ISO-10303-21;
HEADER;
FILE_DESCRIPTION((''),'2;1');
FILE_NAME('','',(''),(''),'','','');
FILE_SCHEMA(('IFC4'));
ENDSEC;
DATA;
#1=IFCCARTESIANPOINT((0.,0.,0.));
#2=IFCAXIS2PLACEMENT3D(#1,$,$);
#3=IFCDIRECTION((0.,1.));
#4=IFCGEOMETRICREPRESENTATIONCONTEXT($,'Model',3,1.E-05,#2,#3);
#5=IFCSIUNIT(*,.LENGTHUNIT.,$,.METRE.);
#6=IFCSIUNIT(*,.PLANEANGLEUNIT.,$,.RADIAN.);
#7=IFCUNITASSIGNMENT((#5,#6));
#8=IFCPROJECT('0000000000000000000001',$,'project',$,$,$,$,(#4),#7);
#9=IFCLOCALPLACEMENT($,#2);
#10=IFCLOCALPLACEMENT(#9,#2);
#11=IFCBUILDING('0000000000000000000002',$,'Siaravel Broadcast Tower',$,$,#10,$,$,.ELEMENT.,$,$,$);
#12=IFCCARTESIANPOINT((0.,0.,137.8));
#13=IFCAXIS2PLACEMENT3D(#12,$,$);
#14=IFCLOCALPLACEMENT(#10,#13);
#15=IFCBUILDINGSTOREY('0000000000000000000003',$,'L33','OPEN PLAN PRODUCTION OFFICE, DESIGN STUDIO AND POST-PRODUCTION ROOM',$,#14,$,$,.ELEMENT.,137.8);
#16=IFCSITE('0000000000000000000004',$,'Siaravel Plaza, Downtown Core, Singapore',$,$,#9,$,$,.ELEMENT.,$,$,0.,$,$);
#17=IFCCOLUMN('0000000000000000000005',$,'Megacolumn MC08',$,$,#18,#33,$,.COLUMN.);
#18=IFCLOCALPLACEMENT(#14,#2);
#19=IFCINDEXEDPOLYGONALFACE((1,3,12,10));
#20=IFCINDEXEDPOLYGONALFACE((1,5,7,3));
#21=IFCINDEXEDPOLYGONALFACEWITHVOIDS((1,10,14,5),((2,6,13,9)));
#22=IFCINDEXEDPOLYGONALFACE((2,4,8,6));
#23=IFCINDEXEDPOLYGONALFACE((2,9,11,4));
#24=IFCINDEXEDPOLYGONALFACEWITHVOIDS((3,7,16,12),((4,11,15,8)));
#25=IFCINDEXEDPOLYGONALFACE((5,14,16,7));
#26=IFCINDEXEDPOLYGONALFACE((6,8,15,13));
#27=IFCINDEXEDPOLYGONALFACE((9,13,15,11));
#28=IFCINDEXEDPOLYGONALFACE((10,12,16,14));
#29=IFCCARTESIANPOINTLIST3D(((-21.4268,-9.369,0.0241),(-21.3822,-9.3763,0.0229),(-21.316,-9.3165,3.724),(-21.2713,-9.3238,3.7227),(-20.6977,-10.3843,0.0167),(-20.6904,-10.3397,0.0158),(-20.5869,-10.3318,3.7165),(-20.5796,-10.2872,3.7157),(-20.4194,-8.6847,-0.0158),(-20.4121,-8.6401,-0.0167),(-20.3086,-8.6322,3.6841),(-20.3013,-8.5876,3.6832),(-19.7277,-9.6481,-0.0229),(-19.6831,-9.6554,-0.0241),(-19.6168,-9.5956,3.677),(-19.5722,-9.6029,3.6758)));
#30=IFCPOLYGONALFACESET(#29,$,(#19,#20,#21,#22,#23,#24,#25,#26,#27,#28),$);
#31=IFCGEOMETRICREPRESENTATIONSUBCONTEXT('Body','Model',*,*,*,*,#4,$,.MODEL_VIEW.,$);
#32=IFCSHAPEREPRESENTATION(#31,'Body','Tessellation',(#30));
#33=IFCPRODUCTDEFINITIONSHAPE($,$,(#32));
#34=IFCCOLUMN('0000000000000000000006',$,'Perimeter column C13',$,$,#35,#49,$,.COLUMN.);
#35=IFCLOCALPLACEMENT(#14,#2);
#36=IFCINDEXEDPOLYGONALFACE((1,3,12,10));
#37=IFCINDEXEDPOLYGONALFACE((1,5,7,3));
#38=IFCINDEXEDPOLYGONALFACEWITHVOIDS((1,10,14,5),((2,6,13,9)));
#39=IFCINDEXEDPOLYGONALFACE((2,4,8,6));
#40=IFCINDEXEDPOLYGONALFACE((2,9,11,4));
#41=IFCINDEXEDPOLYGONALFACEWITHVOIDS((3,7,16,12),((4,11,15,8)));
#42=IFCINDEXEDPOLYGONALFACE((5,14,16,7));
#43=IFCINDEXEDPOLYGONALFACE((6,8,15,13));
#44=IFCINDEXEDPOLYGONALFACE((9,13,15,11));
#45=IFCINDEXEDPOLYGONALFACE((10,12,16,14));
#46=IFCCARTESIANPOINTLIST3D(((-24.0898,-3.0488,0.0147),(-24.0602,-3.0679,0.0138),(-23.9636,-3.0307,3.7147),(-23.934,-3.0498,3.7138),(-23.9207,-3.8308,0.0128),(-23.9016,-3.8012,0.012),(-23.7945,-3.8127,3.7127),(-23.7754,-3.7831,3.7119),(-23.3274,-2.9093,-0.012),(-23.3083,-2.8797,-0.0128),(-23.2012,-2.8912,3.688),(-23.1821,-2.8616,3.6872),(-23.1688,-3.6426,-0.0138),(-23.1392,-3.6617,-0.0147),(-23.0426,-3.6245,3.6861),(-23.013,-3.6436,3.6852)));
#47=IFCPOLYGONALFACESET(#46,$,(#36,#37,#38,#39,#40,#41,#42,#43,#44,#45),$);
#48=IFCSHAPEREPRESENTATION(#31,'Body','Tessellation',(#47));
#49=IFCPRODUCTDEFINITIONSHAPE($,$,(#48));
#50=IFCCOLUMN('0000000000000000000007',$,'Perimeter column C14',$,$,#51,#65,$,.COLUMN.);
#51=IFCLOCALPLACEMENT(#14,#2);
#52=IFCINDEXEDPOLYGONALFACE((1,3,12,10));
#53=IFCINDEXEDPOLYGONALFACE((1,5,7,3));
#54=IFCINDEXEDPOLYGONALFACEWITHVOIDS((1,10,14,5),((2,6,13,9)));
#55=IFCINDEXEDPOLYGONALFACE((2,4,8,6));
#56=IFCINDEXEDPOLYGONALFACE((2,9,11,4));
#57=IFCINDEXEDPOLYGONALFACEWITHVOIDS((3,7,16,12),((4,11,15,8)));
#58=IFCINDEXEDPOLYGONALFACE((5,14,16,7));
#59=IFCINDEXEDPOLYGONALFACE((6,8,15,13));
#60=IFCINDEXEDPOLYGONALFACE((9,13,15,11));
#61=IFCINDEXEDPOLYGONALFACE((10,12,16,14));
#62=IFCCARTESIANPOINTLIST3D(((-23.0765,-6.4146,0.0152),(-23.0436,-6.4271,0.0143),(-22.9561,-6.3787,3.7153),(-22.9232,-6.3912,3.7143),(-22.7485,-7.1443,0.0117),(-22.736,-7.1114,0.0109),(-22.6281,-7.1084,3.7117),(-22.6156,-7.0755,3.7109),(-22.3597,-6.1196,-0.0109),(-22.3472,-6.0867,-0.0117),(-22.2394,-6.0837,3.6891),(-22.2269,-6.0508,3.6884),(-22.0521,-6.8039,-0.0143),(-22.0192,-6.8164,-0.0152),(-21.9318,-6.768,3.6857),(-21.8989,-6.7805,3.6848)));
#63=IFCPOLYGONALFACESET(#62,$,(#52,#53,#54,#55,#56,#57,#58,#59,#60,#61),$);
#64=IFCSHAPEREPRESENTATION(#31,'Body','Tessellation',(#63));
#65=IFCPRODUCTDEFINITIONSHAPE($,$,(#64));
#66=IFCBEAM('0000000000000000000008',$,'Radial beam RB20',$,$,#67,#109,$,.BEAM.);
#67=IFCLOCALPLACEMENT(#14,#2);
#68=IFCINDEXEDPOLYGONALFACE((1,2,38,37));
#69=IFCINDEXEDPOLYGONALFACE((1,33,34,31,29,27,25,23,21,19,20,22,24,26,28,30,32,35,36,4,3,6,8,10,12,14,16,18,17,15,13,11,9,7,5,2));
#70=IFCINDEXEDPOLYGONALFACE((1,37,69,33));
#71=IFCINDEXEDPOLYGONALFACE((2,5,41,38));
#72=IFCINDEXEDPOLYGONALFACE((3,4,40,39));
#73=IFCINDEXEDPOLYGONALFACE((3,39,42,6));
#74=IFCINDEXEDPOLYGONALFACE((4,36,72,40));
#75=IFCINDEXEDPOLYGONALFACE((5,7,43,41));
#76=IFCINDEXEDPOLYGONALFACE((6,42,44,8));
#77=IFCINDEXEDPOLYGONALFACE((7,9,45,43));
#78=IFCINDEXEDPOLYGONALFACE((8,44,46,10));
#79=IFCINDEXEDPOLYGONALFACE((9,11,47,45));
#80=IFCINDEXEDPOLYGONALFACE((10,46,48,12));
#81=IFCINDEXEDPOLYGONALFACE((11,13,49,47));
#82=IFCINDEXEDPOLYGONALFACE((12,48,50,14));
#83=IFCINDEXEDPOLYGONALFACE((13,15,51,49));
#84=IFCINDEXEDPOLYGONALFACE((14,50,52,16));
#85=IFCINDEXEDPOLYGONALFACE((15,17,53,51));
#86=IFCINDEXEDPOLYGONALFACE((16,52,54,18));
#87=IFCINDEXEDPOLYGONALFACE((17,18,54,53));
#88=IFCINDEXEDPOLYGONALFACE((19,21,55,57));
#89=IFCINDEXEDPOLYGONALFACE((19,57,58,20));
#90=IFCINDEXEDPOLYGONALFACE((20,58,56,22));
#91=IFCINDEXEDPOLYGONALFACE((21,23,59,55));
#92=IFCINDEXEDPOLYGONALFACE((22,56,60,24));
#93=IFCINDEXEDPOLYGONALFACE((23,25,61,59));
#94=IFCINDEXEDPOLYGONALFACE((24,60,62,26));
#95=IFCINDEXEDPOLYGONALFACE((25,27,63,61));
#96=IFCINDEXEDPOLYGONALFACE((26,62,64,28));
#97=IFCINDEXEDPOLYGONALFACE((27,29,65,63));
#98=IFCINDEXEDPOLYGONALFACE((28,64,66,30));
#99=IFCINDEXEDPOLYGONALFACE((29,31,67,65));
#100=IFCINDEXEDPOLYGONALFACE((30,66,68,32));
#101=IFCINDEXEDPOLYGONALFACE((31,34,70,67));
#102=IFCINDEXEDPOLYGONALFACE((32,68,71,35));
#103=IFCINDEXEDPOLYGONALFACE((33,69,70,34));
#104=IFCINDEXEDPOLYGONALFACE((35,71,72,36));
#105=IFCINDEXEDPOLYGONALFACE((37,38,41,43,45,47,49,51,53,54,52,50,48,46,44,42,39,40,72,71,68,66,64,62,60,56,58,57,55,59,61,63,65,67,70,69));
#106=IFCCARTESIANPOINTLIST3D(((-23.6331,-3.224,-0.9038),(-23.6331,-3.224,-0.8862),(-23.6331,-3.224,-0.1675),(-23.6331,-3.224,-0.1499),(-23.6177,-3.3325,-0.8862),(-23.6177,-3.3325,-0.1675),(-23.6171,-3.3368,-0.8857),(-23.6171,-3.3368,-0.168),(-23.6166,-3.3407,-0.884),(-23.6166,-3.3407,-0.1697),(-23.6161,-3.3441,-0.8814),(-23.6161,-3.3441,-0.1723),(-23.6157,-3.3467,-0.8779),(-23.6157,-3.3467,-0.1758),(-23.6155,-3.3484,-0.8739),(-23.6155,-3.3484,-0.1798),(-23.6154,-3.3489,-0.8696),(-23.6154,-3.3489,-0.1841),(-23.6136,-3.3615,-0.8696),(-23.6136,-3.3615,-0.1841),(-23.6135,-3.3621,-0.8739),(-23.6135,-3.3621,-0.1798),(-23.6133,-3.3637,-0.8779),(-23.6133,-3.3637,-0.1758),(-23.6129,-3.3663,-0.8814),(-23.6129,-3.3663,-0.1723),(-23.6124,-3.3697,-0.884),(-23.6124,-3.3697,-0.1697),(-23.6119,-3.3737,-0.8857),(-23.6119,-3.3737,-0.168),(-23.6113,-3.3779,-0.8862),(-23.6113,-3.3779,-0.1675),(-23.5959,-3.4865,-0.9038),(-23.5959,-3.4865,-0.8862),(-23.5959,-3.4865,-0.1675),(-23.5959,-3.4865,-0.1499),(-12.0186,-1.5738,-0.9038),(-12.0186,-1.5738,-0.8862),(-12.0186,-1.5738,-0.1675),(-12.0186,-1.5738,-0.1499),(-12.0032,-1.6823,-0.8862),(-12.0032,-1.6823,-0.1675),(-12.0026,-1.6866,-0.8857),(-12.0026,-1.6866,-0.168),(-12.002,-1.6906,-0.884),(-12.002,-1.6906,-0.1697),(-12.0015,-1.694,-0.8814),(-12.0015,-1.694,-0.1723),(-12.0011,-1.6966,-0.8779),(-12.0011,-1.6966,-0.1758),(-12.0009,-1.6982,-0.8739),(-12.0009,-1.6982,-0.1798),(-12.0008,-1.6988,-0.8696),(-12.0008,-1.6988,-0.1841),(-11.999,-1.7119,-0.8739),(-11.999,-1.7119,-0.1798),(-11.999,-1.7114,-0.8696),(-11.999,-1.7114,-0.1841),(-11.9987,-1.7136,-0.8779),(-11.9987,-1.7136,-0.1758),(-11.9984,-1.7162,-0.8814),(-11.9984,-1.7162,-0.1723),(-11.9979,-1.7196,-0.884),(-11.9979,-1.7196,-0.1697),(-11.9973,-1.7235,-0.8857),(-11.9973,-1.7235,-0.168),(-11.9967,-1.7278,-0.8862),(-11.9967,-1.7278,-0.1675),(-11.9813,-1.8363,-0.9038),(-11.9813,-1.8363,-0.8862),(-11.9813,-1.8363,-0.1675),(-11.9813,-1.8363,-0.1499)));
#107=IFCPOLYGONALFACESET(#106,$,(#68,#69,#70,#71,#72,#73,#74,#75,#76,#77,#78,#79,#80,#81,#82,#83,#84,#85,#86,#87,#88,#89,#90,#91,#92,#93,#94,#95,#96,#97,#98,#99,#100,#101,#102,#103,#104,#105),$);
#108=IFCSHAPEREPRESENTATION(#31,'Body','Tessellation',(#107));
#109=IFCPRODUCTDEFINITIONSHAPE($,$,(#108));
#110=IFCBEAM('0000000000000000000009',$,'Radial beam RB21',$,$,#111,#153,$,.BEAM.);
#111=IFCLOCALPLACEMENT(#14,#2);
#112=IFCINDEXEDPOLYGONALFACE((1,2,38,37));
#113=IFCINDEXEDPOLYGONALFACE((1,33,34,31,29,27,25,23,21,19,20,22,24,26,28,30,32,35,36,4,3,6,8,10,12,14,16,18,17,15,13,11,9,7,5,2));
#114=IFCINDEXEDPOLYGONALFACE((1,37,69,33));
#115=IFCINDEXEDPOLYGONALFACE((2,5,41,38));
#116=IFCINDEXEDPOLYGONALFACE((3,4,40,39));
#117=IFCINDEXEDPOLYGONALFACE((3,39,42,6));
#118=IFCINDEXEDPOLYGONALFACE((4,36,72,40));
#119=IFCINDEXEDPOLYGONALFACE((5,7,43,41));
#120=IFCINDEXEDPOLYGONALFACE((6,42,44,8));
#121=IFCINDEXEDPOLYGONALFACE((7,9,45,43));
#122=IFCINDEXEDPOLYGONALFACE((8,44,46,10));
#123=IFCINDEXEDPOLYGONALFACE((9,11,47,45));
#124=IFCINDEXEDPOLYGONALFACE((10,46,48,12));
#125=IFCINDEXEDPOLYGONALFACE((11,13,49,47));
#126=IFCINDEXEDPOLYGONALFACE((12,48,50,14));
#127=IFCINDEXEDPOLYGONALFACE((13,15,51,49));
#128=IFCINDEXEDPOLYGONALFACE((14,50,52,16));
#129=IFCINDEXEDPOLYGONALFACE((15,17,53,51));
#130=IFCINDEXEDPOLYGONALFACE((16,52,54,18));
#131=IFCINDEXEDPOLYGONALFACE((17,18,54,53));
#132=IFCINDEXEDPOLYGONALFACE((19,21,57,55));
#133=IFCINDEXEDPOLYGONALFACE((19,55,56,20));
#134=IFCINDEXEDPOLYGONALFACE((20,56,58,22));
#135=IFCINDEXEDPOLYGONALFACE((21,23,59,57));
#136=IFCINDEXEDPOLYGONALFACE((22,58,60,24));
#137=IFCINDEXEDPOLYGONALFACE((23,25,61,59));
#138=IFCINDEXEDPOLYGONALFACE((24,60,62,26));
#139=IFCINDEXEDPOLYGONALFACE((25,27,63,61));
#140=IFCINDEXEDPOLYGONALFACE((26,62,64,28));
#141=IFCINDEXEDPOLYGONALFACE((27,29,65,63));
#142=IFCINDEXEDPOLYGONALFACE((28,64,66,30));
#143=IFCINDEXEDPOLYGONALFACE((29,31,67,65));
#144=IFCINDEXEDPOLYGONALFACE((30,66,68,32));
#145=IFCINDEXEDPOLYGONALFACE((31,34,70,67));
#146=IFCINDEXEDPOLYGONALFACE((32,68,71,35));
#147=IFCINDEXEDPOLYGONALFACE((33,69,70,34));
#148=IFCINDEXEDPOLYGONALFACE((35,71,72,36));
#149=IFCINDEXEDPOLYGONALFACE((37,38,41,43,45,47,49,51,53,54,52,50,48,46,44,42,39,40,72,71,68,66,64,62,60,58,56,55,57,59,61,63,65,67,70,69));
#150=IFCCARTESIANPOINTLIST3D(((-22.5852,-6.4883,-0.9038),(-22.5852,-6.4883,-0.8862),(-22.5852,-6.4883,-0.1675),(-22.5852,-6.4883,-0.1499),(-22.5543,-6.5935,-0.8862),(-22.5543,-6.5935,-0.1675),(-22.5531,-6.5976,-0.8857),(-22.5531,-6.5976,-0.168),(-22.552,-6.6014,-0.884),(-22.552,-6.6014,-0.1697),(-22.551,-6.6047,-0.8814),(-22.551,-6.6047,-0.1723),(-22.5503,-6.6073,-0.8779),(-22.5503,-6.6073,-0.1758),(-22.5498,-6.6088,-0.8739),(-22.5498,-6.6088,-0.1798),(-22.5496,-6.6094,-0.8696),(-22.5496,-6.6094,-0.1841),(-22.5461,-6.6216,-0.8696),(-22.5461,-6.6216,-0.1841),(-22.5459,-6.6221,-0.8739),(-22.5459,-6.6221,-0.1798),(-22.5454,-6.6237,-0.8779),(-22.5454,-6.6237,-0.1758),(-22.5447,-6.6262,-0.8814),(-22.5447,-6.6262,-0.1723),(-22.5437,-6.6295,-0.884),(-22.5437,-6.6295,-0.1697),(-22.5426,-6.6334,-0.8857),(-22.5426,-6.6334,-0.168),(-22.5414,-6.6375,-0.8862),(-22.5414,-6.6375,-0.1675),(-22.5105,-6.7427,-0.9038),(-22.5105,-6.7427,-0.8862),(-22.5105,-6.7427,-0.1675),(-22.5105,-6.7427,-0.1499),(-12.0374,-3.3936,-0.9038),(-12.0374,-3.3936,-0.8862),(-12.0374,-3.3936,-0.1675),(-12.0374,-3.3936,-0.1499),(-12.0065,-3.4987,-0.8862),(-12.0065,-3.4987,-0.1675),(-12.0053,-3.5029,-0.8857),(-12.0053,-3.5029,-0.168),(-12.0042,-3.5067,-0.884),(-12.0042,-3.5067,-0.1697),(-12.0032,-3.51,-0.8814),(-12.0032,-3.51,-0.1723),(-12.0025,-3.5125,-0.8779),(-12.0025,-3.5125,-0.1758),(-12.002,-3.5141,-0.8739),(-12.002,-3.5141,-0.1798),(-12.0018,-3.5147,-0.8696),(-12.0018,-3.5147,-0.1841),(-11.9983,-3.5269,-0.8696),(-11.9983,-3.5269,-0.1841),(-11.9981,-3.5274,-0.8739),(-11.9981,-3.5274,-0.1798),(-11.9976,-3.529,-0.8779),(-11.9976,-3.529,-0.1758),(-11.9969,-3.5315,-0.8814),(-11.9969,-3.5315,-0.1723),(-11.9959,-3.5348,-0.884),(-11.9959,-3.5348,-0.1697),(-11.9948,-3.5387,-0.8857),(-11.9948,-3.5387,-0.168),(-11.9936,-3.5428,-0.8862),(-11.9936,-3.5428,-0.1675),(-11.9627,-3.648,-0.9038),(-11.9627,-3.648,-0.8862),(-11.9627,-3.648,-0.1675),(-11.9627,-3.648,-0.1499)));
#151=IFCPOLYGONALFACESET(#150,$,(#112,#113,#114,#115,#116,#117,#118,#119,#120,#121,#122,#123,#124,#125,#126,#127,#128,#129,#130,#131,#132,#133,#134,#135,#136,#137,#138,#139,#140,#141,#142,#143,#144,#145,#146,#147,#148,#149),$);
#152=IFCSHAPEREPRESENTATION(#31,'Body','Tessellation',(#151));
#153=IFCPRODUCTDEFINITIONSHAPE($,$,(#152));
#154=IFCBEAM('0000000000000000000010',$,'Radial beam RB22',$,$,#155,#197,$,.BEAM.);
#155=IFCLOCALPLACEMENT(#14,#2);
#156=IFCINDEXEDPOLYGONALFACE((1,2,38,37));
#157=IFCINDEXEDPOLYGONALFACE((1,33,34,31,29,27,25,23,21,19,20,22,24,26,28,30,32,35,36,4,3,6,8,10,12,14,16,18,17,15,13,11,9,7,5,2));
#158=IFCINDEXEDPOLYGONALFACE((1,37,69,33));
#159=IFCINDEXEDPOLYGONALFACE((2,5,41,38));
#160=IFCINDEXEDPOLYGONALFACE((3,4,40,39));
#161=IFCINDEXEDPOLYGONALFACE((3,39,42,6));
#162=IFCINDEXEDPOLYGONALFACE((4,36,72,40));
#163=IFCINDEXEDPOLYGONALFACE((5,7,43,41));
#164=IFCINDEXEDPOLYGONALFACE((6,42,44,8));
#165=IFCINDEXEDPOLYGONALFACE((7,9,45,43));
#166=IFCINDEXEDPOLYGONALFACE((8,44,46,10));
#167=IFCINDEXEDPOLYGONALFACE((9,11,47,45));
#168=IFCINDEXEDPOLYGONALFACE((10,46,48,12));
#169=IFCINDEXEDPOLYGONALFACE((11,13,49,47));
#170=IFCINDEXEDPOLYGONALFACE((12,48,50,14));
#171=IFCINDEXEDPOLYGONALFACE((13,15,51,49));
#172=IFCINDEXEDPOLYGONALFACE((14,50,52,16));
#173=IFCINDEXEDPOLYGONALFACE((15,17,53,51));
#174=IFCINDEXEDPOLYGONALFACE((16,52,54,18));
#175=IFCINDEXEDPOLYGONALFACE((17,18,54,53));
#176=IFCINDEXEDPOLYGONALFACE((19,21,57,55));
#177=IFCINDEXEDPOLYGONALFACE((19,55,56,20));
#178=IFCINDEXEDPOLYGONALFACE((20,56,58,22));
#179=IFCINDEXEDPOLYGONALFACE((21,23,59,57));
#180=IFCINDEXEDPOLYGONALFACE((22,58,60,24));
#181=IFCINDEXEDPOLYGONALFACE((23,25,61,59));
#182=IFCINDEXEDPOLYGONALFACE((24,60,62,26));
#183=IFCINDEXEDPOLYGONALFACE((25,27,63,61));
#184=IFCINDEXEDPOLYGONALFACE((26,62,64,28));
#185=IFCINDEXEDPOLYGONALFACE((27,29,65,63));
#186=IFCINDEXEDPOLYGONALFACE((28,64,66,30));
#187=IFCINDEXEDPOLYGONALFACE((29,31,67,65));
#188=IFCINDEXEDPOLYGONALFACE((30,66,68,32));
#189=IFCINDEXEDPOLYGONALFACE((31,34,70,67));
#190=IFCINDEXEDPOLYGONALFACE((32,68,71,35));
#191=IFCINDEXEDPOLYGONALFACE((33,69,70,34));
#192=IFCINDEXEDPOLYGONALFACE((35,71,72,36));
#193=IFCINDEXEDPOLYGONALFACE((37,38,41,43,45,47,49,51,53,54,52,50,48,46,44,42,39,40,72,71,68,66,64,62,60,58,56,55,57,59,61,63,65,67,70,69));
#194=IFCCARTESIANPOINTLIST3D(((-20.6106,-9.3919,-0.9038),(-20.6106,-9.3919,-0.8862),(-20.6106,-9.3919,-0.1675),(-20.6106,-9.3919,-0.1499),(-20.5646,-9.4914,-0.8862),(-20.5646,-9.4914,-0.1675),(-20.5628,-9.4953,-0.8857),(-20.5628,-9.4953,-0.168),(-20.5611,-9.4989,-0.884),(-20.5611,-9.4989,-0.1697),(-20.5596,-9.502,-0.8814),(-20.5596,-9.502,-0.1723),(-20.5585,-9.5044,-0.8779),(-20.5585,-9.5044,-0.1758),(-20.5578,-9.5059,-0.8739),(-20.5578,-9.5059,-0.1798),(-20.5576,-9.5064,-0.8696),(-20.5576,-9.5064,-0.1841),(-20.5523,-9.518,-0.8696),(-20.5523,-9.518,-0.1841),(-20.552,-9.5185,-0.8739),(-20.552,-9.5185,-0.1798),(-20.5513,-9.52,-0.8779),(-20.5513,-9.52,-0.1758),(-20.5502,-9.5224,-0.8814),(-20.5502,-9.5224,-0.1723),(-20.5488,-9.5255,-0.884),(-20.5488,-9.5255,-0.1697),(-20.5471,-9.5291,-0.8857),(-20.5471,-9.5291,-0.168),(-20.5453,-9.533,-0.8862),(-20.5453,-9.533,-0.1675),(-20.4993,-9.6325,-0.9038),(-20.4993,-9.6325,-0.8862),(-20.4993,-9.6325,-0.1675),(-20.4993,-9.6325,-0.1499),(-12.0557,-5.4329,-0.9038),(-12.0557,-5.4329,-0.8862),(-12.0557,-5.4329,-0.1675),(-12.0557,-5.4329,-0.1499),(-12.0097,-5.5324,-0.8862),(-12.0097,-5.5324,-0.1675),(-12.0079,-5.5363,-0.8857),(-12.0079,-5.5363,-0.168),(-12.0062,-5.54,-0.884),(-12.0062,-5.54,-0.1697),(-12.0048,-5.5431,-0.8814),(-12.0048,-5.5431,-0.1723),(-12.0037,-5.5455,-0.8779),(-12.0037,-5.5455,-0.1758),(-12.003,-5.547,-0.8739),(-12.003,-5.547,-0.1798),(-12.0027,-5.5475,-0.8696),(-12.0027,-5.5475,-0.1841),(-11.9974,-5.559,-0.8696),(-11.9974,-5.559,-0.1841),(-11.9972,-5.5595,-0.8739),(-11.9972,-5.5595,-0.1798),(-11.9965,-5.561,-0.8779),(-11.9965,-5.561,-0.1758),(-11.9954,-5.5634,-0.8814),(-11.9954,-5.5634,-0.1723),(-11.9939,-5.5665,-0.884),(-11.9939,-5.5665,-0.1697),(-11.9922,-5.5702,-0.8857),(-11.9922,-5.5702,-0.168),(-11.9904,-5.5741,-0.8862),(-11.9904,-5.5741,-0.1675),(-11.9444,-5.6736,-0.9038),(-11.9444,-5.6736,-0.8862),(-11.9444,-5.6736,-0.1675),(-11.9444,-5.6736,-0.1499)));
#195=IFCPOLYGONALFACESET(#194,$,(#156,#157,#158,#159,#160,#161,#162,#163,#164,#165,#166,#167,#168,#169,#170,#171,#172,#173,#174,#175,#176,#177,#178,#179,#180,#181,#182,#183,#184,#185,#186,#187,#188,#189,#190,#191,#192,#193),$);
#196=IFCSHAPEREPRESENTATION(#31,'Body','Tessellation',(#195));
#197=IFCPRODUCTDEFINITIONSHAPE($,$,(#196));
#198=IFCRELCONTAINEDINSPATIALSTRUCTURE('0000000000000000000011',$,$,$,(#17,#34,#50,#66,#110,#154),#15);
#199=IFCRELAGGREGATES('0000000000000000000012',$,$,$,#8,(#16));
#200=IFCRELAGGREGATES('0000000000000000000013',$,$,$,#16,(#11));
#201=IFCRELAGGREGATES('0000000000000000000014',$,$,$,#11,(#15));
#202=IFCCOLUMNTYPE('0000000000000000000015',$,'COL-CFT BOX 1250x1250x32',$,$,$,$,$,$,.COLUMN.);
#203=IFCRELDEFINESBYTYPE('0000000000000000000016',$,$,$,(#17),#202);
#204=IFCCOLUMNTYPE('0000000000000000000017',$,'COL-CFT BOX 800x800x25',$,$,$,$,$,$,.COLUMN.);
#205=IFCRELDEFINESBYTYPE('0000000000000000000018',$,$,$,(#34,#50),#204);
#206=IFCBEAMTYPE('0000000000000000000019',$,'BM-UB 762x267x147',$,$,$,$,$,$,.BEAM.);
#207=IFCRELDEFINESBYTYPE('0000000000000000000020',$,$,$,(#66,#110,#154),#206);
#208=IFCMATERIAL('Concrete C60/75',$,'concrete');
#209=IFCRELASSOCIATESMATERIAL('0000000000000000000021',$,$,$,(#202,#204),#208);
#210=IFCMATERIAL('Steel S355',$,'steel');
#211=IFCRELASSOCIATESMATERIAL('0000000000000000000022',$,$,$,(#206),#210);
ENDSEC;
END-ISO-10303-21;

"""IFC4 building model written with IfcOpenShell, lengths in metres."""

from ifc_helpers import new_model, si_unit, direction, frame, origin, origin_2d, place, context, subcontext, project, spatial, hollow_rectangle, i_section, extrude, material, material_profile, profile_set, type_object, element, save


model = new_model("IFC4")

# Units and contexts
model_context = context("Model", 3, precision=1e-05, world=origin(), true_north=direction((0.0, 1.0)))
body_context = subcontext(model_context, "Body", "Model", "MODEL_VIEW")
ifc_project = project(units=[si_unit("LENGTHUNIT", "METRE"), si_unit("PLANEANGLEUNIT", "RADIAN")], contexts=[model_context])

# Site, building, storey
site_placement = place(None, origin())
site = spatial("IfcSite", under=ifc_project, at=site_placement, Name="Siaravel Plaza, Downtown Core, Singapore", CompositionType="ELEMENT", RefElevation=0.0)
building_placement = place(site_placement, origin())
building = spatial("IfcBuilding", under=site, at=building_placement, Name="Siaravel Broadcast Tower", CompositionType="ELEMENT")
storey_placement = place(building_placement, frame((0.0, 0.0, 137.8)))
storey = spatial("IfcBuildingStorey", under=building, at=storey_placement, Name="L33", Description="OPEN PLAN PRODUCTION OFFICE, DESIGN STUDIO AND POST-PRODUCTION ROOM", CompositionType="ELEMENT", Elevation=137.8)

# Columns
ifc_material_1 = material(Name="Concrete C60/75", Category="concrete")
ifc_material_profile_1 = material_profile(ifc_material_1, hollow_rectangle(XDim=1.25, YDim=1.25, WallThickness=0.032, at=origin_2d()))
ifc_profile_set_1 = profile_set([ifc_material_profile_1], Name="Concrete C60/75")
column_type_1 = type_object("IfcColumnType", Name="COL-CFT BOX 1250x1250x32", PredefinedType="COLUMN", material=ifc_profile_set_1)
column_placement = place(storey_placement, frame((-20.5549, -9.5122, 0.0), z_axis=(0.029941, 0.014179, 0.999451), x_axis=(-0.58325, 0.812271, 0.005949)))
element("IfcColumn", 1, at=column_placement, inside=storey, type_object=column_type_1, Name="Megacolumn MC08", PredefinedType="COLUMN", context=body_context, shape_type="SweptSolid", body=[
    extrude(hollow_rectangle(XDim=1.25, YDim=1.25, WallThickness=0.032, at=origin_2d()), origin(), (0.0, 0.0, 1.0), 3.7019),
])
ifc_material_profile_2 = material_profile(ifc_material_1, hollow_rectangle(XDim=0.8, YDim=0.8, WallThickness=0.0249, at=origin_2d()))
ifc_profile_set_2 = profile_set([ifc_material_profile_2], Name="Concrete C60/75")
column_type_2 = type_object("IfcColumnType", Name="COL-CFT BOX 800x800x25", PredefinedType="COLUMN", material=ifc_profile_set_2)
for number, where, z_axis, x_axis, name in (
    (2, (-23.6145, -3.3552, 0.0), (0.034094, 0.00488, 0.999407), (-0.211413, 0.977394, 0.00244), "Perimeter column C13"),
    (3, (-22.5479, -6.6155, 0.0), (0.032512, 0.009694, 0.999424), (-0.409997, 0.912076, 0.00449), "Perimeter column C14"),
):
    element("IfcColumn", number, at=place(storey_placement, frame(where, z_axis=z_axis, x_axis=x_axis)), inside=storey, type_object=column_type_2, Name=name, PredefinedType="COLUMN", context=body_context, shape_type="SweptSolid", body=[
        extrude(hollow_rectangle(XDim=0.8, YDim=0.8, WallThickness=0.0249, at=origin_2d()), origin(), (0.0, 0.0, 1.0), 3.7021),
    ])

# Beams
ifc_material_2 = material(Name="Steel S355", Category="steel")
ifc_material_profile_3 = material_profile(ifc_material_2, i_section(OverallWidth=0.2651, OverallDepth=0.7539, WebThickness=0.0127, FlangeThickness=0.0176, FilletRadius=0.0166, at=origin_2d()))
ifc_profile_set_3 = profile_set([ifc_material_profile_3], Name="Steel S355")
beam_type = type_object("IfcBeamType", Name="BM-UB 762x267x147", PredefinedType="BEAM", material=ifc_profile_set_3)
beam_1_placement = place(storey_placement, frame((-23.6145, -3.3552, -0.5269), z_axis=(0.990057, 0.140664, 0.0), x_axis=(-0.140664, 0.990057, 0.0)))
element("IfcBeam", 4, at=beam_1_placement, inside=storey, type_object=beam_type, Name="Radial beam RB20", PredefinedType="BEAM", context=body_context, shape_type="SweptSolid", body=[
    extrude(i_section(OverallWidth=0.2651, OverallDepth=0.7539, WebThickness=0.0127, FlangeThickness=0.0176, FilletRadius=0.0166, at=origin_2d()), origin(), (0.0, 0.0, 1.0), 11.7312),
])
beam_2_placement = place(storey_placement, frame((-22.5479, -6.6155, -0.5269), z_axis=(0.959552, 0.281531, 0.0), x_axis=(-0.281531, 0.959552, 0.0)))
element("IfcBeam", 5, at=beam_2_placement, inside=storey, type_object=beam_type, Name="Radial beam RB21", PredefinedType="BEAM", context=body_context, shape_type="SweptSolid", body=[
    extrude(i_section(OverallWidth=0.2651, OverallDepth=0.7539, WebThickness=0.0127, FlangeThickness=0.0176, FilletRadius=0.0166, at=origin_2d()), origin(), (0.0, 0.0, 1.0), 10.9924),
])
beam_3_placement = place(storey_placement, frame((-20.5549, -9.5122, -0.5269), z_axis=(0.907533, 0.419981, 0.0), x_axis=(-0.419981, 0.907533, 0.0)))
element("IfcBeam", 6, at=beam_3_placement, inside=storey, type_object=beam_type, Name="Radial beam RB22", PredefinedType="BEAM", context=body_context, shape_type="SweptSolid", body=[
    extrude(i_section(OverallWidth=0.2651, OverallDepth=0.7539, WebThickness=0.0127, FlangeThickness=0.0176, FilletRadius=0.0166, at=origin_2d()), origin(), (0.0, 0.0, 1.0), 9.4265),
])

save(model, "model.ifc")
